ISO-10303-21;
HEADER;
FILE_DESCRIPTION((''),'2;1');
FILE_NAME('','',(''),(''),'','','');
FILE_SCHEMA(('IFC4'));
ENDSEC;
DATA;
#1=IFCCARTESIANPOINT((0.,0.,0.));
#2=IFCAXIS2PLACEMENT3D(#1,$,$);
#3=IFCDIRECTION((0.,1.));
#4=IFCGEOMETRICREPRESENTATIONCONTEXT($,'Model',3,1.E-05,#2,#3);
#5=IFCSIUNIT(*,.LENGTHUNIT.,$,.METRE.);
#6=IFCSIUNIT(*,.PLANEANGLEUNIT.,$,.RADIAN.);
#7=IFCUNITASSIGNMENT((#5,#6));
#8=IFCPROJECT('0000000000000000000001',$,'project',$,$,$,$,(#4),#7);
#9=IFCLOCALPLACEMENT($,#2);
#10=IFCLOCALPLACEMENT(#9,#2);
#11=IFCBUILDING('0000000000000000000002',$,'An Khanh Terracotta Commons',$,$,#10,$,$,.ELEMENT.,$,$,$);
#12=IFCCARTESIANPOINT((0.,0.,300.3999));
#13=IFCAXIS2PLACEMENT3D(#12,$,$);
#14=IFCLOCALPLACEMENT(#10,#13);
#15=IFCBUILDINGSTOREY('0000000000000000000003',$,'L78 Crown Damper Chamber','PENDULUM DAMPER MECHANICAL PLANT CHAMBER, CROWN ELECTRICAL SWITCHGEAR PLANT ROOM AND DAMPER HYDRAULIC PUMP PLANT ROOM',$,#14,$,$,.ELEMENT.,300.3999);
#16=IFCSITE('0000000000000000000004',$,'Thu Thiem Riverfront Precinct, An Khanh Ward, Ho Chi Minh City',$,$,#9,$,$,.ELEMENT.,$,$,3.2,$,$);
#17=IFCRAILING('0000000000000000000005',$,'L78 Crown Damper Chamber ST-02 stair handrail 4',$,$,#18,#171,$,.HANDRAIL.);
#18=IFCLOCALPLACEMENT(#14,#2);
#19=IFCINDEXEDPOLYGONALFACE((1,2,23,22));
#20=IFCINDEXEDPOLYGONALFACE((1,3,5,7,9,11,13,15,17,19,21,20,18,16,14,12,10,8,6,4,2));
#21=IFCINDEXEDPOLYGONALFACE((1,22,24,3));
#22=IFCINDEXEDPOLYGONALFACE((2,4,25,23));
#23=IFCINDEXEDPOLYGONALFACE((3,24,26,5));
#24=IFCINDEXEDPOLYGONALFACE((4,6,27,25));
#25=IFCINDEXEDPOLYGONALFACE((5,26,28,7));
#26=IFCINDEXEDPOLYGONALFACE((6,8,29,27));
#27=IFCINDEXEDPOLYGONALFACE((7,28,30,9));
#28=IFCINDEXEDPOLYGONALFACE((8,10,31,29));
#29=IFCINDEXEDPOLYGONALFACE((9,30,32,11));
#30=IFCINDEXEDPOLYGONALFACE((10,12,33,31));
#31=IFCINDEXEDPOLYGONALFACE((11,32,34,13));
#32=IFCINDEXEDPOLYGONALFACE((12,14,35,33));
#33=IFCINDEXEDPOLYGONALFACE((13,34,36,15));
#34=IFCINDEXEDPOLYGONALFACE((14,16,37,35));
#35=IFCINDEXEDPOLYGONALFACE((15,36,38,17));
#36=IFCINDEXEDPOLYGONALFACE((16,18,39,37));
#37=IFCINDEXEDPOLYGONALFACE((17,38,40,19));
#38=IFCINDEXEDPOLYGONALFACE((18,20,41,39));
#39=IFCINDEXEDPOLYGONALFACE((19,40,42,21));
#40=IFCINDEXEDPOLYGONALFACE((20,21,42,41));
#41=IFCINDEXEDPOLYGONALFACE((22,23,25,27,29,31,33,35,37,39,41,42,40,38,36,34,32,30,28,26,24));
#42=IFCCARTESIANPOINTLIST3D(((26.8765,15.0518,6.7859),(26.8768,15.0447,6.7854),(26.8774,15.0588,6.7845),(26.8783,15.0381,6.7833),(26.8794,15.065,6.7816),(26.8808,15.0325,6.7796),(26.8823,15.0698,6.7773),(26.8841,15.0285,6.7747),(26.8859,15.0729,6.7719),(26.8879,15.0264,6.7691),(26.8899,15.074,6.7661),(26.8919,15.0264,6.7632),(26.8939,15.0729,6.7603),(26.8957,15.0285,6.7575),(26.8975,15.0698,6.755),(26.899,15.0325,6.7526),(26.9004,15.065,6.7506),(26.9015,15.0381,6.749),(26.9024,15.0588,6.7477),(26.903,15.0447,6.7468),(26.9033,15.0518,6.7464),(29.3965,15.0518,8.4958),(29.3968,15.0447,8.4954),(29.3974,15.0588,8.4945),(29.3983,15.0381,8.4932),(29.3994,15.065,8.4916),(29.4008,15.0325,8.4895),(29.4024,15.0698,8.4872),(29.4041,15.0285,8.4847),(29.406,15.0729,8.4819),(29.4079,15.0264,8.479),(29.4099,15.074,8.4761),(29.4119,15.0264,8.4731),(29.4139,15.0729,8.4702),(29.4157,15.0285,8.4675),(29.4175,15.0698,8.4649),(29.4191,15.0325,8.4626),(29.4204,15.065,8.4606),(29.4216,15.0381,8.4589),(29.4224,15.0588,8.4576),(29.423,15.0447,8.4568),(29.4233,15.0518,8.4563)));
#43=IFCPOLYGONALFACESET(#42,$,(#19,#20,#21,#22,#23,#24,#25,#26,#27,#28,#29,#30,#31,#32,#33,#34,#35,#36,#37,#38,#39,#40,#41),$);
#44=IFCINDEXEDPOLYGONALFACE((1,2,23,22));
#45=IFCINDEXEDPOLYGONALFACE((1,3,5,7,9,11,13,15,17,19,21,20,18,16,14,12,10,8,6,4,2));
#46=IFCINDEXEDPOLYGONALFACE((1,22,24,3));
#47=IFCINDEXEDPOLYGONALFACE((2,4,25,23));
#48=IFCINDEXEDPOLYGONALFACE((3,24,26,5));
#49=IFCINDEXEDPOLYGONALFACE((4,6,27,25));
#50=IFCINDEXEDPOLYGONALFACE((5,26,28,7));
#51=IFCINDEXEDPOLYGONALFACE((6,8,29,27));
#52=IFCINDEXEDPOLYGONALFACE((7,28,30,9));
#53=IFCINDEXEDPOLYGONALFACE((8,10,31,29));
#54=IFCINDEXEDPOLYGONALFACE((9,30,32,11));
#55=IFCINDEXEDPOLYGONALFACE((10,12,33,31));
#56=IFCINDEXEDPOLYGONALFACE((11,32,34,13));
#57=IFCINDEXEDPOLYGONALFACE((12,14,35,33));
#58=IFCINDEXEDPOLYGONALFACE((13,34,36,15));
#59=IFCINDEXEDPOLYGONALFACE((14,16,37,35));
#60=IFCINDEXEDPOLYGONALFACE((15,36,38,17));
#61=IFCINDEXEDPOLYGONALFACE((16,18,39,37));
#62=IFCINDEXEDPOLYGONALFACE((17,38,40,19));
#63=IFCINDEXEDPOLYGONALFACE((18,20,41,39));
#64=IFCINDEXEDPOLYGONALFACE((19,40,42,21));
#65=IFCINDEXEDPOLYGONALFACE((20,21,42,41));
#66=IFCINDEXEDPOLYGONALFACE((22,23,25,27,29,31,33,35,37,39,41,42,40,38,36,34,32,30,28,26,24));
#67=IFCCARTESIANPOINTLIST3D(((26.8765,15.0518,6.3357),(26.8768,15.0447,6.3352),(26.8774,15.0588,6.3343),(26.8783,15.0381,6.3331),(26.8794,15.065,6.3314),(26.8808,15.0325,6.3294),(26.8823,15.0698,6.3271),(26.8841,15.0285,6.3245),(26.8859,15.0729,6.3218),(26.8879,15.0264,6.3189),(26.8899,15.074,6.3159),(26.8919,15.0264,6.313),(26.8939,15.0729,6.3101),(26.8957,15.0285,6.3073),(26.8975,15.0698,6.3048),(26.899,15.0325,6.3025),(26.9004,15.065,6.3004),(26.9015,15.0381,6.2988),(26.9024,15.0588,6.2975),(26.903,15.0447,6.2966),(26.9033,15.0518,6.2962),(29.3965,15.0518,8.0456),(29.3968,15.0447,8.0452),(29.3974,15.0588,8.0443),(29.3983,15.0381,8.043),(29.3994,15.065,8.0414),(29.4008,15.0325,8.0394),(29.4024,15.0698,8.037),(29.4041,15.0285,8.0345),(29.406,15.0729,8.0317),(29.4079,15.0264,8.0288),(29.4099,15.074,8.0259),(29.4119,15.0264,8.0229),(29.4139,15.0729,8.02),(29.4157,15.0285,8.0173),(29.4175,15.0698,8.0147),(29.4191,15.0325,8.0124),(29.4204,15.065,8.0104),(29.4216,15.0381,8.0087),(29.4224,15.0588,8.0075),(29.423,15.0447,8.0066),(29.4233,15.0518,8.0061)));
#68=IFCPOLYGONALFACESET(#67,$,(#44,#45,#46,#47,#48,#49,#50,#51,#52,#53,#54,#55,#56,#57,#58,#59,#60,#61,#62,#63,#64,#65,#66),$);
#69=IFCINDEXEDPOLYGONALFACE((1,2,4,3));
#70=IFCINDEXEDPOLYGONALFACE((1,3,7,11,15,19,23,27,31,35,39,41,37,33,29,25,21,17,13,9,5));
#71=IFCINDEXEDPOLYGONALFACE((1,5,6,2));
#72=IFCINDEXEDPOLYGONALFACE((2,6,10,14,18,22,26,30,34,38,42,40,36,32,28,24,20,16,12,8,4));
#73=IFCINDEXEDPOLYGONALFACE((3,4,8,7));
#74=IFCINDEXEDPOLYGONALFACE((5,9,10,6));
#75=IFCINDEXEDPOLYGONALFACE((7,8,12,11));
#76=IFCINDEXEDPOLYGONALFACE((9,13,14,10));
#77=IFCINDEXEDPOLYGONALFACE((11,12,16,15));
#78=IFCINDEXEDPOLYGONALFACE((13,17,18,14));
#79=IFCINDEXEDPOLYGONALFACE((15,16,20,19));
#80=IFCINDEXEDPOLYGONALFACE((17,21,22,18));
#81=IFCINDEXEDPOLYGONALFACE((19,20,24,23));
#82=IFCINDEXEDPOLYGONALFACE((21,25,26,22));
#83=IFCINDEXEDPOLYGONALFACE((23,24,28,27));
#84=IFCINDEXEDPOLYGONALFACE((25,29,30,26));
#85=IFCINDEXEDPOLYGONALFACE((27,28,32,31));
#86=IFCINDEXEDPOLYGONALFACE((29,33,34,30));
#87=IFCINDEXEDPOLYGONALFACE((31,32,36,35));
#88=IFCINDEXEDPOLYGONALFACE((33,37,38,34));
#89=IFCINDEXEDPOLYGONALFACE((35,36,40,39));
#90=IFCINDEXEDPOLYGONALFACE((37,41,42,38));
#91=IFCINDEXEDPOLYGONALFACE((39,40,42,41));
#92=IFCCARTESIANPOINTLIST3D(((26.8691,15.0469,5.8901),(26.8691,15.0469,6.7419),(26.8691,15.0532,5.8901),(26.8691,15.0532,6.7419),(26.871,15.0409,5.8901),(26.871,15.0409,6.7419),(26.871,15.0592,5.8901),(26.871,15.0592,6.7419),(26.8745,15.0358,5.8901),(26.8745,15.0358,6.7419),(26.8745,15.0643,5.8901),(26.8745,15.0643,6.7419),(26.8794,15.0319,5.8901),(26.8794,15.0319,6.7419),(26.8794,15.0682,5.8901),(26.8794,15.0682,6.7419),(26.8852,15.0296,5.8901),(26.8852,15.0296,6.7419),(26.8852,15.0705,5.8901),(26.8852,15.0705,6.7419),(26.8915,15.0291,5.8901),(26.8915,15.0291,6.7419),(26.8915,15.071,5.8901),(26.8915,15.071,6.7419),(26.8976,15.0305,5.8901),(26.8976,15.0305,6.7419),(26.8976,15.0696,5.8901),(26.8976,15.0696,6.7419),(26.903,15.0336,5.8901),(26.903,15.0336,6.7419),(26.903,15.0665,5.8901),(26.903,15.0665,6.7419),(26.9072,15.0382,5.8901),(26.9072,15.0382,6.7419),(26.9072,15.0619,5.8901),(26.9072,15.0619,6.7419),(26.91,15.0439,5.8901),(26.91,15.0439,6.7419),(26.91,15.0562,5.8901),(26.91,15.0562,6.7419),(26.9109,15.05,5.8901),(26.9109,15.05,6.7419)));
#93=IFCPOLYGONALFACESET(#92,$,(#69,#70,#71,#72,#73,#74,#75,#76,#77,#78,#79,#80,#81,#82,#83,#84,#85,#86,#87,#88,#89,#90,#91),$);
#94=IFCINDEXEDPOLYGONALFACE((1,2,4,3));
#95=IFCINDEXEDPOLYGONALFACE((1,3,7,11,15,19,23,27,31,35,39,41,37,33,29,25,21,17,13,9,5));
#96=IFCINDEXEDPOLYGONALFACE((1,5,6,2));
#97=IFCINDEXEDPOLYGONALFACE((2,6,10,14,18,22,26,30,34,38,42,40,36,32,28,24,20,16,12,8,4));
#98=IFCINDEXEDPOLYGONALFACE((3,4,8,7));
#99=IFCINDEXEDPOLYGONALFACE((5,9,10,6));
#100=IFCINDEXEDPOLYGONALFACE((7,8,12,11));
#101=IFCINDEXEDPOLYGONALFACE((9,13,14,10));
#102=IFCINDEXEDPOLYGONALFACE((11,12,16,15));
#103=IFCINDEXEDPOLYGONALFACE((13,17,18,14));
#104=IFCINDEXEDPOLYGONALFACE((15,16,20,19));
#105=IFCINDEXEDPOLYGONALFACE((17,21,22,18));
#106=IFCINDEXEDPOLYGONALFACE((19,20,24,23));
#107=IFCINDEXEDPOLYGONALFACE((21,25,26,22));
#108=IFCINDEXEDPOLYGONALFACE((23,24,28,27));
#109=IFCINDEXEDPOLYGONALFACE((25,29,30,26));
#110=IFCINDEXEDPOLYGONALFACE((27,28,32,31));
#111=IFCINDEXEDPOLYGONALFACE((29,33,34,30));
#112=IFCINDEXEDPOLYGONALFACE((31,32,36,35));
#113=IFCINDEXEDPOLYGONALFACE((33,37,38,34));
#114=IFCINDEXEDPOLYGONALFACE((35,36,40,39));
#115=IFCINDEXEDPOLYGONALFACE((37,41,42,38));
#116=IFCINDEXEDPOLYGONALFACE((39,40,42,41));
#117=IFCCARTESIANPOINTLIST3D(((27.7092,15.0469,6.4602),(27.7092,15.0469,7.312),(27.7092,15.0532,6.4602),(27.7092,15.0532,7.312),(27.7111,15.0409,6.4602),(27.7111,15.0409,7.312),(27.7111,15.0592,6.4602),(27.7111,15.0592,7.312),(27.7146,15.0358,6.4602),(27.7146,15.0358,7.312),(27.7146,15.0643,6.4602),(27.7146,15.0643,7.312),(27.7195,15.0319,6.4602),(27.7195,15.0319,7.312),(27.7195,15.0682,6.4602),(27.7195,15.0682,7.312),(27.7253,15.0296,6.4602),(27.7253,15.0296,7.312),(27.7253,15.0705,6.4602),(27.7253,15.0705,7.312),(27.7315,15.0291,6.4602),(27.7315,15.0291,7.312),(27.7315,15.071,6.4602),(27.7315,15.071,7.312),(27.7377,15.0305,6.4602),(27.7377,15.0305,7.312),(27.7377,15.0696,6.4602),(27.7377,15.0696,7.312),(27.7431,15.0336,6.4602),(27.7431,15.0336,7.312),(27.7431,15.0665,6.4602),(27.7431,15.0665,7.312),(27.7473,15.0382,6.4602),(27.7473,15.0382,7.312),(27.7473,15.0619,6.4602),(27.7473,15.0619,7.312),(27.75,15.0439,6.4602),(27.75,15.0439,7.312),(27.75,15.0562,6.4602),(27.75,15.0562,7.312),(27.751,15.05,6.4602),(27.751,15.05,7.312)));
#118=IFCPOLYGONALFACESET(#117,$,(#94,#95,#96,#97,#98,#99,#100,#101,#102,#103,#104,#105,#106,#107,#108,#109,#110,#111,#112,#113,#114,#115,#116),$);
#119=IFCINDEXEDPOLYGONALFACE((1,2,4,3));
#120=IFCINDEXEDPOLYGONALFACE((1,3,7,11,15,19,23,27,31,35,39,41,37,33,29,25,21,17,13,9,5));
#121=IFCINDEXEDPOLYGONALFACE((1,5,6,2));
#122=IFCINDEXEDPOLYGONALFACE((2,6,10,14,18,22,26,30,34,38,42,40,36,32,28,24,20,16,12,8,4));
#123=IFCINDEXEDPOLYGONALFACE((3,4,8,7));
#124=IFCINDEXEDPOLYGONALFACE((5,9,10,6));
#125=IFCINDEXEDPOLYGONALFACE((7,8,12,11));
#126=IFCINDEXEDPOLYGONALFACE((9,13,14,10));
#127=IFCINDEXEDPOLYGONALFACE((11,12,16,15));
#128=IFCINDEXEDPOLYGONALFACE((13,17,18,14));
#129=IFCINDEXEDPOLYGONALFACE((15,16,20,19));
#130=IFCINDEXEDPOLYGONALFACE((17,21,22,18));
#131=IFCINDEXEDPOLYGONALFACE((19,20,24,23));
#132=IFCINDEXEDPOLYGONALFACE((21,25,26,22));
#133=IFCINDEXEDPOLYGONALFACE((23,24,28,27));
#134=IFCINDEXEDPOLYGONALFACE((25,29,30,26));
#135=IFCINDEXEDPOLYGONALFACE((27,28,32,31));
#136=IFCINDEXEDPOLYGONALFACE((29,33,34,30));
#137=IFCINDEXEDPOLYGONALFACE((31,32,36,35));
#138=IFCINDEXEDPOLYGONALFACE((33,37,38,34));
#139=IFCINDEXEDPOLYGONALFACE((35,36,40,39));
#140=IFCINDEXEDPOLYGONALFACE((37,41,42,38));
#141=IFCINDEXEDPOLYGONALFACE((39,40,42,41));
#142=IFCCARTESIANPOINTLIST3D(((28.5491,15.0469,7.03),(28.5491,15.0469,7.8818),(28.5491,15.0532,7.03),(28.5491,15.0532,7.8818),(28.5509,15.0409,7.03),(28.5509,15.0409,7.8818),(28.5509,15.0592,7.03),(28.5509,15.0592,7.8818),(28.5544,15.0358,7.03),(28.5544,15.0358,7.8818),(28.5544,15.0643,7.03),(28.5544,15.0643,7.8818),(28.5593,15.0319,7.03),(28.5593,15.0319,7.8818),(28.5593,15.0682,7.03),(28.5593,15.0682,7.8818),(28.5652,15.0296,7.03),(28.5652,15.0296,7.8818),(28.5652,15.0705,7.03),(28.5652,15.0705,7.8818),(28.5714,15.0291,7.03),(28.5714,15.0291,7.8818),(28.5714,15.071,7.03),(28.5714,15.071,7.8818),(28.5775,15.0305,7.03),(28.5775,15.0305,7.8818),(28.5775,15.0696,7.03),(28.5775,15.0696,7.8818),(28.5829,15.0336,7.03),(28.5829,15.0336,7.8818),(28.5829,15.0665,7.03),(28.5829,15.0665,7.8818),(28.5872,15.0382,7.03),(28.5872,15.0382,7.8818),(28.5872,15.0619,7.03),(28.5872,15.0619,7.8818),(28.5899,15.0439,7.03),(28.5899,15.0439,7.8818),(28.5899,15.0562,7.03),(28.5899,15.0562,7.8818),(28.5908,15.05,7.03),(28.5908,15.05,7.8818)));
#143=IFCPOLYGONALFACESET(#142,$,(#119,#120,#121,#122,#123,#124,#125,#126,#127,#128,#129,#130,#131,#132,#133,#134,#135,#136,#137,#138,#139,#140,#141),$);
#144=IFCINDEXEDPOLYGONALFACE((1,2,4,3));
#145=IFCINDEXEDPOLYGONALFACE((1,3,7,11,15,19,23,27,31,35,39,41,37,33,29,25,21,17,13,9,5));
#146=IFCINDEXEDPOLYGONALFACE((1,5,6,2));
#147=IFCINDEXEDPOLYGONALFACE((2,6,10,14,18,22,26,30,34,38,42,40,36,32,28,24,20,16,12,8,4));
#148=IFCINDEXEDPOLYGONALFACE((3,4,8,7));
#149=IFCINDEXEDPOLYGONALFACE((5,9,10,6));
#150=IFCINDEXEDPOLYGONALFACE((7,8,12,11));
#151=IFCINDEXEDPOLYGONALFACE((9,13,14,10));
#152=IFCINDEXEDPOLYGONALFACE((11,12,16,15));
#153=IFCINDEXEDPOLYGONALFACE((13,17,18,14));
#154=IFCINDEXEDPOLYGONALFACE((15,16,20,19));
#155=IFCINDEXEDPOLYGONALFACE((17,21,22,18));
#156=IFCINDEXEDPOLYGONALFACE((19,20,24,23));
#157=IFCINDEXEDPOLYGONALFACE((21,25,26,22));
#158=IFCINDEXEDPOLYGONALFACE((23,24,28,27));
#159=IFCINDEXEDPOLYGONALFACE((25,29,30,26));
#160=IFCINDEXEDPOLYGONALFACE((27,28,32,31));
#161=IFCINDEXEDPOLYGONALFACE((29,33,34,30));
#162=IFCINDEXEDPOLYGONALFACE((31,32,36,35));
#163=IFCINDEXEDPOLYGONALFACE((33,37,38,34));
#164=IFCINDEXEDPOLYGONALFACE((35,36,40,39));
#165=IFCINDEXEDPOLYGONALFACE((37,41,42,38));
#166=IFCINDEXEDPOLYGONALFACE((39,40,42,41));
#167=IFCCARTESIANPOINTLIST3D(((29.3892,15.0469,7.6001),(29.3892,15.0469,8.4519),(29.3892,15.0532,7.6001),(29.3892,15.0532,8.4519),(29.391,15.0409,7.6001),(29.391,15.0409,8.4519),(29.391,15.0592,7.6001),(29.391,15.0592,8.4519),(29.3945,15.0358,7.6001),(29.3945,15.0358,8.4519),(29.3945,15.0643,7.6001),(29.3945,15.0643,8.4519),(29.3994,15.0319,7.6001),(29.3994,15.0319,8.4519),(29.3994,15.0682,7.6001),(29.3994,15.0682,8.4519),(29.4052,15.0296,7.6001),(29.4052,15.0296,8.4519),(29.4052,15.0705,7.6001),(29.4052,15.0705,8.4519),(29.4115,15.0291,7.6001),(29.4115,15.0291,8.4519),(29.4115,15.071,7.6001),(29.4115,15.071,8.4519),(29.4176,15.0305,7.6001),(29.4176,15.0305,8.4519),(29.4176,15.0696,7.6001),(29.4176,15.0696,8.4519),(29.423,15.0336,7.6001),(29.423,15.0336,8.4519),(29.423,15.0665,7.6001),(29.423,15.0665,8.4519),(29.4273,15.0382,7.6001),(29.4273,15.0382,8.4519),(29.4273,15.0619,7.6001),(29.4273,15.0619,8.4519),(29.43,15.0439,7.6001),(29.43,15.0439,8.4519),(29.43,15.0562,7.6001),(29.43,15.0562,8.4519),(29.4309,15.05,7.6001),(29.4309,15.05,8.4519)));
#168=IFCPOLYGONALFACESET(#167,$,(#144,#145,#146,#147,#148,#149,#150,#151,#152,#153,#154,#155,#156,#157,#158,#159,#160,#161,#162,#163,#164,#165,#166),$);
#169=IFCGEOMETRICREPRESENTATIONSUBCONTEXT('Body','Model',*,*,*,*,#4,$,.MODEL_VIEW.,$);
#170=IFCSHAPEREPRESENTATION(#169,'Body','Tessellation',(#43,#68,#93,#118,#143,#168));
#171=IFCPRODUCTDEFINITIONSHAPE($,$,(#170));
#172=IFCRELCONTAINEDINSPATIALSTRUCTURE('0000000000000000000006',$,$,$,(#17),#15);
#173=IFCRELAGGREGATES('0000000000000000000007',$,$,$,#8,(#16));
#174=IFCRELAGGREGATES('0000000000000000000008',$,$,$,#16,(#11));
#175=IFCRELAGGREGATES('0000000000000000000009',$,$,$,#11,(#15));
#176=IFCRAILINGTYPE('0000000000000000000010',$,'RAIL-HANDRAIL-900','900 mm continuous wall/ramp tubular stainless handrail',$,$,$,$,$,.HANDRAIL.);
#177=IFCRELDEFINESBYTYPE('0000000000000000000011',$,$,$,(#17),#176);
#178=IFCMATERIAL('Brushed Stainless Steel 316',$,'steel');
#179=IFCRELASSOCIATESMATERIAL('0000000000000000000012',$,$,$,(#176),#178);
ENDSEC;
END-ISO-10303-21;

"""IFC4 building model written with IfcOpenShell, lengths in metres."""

from ifc_helpers import new_model, si_unit, direction, frame, origin, origin_2d, place, context, subcontext, project, spatial, circle, extrude, material, type_object, element, save


model = new_model("IFC4")

# Units and contexts
model_context = context("Model", 3, precision=1e-05, world=origin(), true_north=direction((0.0, 1.0)))
body_context = subcontext(model_context, "Body", "Model", "MODEL_VIEW")
ifc_project = project(units=[si_unit("LENGTHUNIT", "METRE"), si_unit("PLANEANGLEUNIT", "RADIAN")], contexts=[model_context])

# Site, building, storey
site_placement = place(None, origin())
site = spatial("IfcSite", under=ifc_project, at=site_placement, Name="Thu Thiem Riverfront Precinct, An Khanh Ward, Ho Chi Minh City", CompositionType="ELEMENT", RefElevation=3.2)
building_placement = place(site_placement, origin())
building = spatial("IfcBuilding", under=site, at=building_placement, Name="An Khanh Terracotta Commons", CompositionType="ELEMENT")
storey_placement = place(building_placement, frame((0.0, 0.0, 300.3999)))
storey = spatial("IfcBuildingStorey", under=building, at=storey_placement, Name="L78 Crown Damper Chamber", Description="PENDULUM DAMPER MECHANICAL PLANT CHAMBER, CROWN ELECTRICAL SWITCHGEAR PLANT ROOM AND DAMPER HYDRAULIC PUMP PLANT ROOM", CompositionType="ELEMENT", Elevation=300.3999)

# Railing
ifc_material_1 = material(Name="Brushed Stainless Steel 316", Category="steel")
railing_type_1 = type_object("IfcRailingType", Name="RAIL-HANDRAIL-900", Description="900 mm continuous wall/ramp tubular stainless handrail", PredefinedType="HANDRAIL", material=ifc_material_1)
for number, where, name in (
    (1, (26.8899, 15.05, 5.8901), "L78 Crown Damper Chamber ST-02 stair handrail 4"),
):
    element("IfcRailing", number, at=place(storey_placement, frame(where)), inside=storey, type_object=railing_type_1, Name=name, PredefinedType="HANDRAIL", context=body_context, shape_type="SweptSolid", body=[
        extrude(circle(Radius=0.0239, at=origin_2d()), frame((0.0, 0.0, 0.876), z_axis=(0.827484, 0.0, 0.56149), x_axis=(0.0, 1.0, 0.0)), (0.0, 0.0, 1.0), 3.0454),
        extrude(circle(Radius=0.0239, at=origin_2d()), frame((0.0, 0.0, 0.4258), z_axis=(0.827484, 0.0, 0.56149), x_axis=(0.0, 1.0, 0.0)), (0.0, 0.0, 1.0), 3.0454),
        extrude(circle(Radius=0.021, at=origin_2d()), origin(), (0.0, 0.0, 1.0), 0.8518),
        extrude(circle(Radius=0.021, at=origin_2d()), frame((0.8401, 0.0, 0.5701)), (0.0, 0.0, 1.0), 0.8518),
        extrude(circle(Radius=0.021, at=origin_2d()), frame((1.6799, 0.0, 1.1399)), (0.0, 0.0, 1.0), 0.8518),
        extrude(circle(Radius=0.021, at=origin_2d()), frame((2.52, 0.0, 1.71)), (0.0, 0.0, 1.0), 0.8518),
    ])

save(model, "model.ifc")
